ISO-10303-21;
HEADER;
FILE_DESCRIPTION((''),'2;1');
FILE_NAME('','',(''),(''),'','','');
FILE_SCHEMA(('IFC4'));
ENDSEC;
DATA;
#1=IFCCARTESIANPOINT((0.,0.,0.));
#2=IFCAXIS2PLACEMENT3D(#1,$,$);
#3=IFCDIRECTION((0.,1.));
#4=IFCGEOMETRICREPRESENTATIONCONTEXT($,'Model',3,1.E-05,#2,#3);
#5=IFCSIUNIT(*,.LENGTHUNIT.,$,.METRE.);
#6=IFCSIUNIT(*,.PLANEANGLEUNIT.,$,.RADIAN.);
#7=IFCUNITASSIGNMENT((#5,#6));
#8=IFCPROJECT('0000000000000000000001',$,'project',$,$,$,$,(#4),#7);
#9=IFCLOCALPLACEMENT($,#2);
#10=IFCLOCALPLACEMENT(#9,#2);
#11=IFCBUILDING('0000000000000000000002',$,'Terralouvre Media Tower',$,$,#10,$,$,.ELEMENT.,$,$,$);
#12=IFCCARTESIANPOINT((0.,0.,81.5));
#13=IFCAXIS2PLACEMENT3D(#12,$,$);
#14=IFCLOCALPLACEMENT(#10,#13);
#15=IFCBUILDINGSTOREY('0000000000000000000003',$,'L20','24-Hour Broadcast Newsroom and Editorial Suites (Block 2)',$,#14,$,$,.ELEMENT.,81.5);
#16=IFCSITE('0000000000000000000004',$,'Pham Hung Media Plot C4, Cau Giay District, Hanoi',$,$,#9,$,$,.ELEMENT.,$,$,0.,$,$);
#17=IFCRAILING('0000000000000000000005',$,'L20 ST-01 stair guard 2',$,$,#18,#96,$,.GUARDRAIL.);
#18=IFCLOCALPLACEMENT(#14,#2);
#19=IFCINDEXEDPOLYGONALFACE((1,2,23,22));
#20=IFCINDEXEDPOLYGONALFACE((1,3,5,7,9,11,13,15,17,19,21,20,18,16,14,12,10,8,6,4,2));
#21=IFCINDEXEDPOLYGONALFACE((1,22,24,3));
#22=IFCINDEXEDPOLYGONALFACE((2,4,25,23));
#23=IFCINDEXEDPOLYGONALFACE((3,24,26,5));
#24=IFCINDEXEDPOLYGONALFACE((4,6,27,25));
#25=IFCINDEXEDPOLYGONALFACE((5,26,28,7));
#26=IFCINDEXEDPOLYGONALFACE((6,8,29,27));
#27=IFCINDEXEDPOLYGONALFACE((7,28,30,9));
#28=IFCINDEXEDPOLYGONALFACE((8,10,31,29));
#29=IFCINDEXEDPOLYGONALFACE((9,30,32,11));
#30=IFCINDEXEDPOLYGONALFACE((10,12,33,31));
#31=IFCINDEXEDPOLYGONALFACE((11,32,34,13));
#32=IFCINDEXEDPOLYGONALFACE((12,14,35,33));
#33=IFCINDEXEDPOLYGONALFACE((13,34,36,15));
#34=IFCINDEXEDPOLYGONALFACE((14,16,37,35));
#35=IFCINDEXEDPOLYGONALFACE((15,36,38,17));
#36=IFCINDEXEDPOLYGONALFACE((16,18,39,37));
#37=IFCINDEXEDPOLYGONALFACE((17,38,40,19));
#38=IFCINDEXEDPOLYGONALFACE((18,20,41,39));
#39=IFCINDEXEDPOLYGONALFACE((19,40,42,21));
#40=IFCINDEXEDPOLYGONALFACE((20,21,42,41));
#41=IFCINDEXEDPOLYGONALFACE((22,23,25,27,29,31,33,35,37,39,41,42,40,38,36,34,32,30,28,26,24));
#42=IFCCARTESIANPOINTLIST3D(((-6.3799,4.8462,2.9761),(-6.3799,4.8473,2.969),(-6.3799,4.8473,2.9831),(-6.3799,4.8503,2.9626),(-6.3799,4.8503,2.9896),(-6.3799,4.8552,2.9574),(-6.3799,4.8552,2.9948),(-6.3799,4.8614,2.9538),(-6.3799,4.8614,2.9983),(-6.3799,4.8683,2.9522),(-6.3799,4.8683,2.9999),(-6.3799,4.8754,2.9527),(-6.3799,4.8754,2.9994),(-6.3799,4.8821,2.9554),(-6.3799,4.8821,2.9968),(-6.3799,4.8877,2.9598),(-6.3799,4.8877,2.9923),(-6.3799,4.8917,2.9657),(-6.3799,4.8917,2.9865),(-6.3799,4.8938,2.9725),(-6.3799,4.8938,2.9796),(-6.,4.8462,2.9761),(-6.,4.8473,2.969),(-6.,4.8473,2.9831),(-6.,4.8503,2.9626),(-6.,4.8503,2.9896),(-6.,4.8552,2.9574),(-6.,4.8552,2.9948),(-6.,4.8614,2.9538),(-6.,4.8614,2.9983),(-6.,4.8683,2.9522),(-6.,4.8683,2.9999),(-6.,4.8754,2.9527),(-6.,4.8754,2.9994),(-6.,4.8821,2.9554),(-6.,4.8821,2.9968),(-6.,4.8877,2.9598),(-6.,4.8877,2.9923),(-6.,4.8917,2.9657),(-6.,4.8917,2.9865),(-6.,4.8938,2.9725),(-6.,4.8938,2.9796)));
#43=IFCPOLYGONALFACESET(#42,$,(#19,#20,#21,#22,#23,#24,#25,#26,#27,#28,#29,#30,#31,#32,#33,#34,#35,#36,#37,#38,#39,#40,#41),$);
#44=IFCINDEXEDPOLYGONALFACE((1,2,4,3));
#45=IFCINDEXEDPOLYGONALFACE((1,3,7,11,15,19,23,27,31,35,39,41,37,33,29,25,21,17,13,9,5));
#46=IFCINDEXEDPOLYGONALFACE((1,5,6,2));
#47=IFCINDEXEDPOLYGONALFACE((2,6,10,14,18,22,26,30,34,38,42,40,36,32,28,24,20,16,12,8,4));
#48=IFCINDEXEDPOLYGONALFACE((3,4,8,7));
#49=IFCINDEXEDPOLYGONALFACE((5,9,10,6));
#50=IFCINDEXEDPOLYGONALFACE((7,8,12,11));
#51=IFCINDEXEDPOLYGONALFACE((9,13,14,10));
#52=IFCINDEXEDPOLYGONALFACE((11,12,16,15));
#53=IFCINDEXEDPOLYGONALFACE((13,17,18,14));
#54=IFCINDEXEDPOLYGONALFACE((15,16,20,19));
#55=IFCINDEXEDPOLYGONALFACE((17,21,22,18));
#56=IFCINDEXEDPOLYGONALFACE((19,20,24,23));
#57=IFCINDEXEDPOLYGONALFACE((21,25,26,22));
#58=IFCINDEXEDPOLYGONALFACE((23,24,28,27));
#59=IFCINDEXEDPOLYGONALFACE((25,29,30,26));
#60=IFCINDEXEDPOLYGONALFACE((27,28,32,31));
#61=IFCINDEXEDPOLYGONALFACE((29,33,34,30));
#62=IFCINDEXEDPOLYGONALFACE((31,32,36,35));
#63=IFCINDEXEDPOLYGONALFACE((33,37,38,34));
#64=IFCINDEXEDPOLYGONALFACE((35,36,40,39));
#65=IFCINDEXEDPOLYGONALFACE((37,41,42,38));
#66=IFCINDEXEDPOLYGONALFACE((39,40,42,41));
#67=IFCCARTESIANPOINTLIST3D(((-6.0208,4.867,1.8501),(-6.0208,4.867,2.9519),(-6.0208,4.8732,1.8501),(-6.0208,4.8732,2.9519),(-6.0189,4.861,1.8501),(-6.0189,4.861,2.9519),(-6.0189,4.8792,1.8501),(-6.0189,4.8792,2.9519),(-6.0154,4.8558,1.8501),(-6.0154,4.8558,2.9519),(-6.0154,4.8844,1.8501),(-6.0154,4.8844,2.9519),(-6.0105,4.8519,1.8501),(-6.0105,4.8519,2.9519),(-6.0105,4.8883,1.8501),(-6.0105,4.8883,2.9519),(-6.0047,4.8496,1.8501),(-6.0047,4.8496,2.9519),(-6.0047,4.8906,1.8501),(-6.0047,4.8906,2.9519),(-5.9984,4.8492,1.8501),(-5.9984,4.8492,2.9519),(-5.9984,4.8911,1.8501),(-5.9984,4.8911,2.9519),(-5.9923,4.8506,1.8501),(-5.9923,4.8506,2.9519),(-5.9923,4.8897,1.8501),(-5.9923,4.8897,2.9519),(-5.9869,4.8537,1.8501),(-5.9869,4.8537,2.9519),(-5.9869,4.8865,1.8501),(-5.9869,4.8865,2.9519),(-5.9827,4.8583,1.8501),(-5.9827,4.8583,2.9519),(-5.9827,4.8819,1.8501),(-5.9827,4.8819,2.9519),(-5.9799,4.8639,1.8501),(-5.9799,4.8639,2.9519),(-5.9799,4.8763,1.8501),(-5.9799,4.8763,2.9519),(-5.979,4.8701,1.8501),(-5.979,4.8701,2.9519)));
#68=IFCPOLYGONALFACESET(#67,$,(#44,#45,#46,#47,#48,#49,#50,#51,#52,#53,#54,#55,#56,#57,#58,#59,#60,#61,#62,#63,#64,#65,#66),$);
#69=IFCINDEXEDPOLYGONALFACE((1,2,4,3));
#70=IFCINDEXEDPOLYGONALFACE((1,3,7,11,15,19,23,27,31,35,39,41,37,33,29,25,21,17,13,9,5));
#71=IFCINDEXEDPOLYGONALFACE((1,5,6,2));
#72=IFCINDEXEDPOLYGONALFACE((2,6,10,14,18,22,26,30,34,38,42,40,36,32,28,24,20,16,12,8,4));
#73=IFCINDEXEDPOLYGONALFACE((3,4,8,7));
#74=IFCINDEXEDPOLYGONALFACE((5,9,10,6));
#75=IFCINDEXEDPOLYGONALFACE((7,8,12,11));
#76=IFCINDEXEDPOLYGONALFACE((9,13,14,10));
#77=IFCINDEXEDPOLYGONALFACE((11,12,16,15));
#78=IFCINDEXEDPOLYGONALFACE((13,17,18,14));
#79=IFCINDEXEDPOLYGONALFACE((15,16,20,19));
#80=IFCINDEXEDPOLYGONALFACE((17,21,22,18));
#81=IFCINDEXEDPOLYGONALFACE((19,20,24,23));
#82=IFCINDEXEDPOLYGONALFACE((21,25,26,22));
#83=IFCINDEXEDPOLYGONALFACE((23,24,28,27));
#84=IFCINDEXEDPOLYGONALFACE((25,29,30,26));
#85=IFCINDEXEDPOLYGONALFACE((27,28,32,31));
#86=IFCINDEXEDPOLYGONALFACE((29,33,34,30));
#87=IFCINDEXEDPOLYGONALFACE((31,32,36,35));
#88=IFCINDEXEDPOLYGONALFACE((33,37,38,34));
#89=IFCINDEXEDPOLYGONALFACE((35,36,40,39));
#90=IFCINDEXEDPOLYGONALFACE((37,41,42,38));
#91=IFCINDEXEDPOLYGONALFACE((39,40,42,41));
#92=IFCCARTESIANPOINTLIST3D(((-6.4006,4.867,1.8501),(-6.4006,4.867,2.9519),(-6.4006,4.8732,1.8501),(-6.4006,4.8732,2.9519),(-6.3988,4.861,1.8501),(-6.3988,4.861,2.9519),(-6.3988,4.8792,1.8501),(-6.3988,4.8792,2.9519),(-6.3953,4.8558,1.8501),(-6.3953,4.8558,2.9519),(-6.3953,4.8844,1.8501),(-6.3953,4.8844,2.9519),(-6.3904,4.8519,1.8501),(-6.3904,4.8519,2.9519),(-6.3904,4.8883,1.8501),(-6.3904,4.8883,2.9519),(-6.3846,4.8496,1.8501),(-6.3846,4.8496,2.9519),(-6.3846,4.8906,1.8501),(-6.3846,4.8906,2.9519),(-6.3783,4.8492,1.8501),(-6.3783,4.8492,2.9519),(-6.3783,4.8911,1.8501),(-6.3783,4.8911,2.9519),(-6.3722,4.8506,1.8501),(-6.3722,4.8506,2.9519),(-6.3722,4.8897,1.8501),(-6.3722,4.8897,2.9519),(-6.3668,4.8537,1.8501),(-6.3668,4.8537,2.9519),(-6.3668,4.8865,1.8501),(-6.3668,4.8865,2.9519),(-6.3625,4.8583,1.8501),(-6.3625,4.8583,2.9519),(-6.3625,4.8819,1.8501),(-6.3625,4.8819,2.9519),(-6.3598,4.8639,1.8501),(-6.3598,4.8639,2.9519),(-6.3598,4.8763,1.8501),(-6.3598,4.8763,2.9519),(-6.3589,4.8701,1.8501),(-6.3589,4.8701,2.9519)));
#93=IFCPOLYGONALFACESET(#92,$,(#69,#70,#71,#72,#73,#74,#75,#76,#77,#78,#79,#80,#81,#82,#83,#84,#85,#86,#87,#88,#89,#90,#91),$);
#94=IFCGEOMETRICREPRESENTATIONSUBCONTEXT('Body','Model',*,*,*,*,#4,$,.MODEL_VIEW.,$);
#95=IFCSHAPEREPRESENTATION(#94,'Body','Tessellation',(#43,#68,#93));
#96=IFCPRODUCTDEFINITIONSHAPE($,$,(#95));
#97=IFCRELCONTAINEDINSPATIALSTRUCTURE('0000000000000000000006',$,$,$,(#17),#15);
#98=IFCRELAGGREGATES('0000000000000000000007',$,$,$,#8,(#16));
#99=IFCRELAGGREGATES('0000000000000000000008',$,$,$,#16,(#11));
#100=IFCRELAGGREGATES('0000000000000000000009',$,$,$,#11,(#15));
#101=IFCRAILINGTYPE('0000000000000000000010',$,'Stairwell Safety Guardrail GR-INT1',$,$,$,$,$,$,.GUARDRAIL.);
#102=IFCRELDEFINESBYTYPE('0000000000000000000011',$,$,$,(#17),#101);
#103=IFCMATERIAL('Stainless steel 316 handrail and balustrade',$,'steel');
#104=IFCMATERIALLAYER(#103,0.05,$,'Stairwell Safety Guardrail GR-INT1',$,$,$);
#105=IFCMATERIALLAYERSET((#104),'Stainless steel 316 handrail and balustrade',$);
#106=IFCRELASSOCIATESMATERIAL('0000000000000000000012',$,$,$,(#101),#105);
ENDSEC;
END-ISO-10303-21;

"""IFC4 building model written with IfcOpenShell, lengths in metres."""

from ifc_helpers import new_model, si_unit, direction, frame, origin, origin_2d, place, context, subcontext, project, spatial, circle, extrude, material, layer, layer_set, type_object, element, save


model = new_model("IFC4")

# Units and contexts
model_context = context("Model", 3, precision=1e-05, world=origin(), true_north=direction((0.0, 1.0)))
body_context = subcontext(model_context, "Body", "Model", "MODEL_VIEW")
ifc_project = project(units=[si_unit("LENGTHUNIT", "METRE"), si_unit("PLANEANGLEUNIT", "RADIAN")], contexts=[model_context])

# Site, building, storey
site_placement = place(None, origin())
site = spatial("IfcSite", under=ifc_project, at=site_placement, Name="Pham Hung Media Plot C4, Cau Giay District, Hanoi", CompositionType="ELEMENT", RefElevation=0.0)
building_placement = place(site_placement, origin())
building = spatial("IfcBuilding", under=site, at=building_placement, Name="Terralouvre Media Tower", CompositionType="ELEMENT")
storey_placement = place(building_placement, frame((0.0, 0.0, 81.5)))
storey = spatial("IfcBuildingStorey", under=building, at=storey_placement, Name="L20", Description="24-Hour Broadcast Newsroom and Editorial Suites (Block 2)", CompositionType="ELEMENT", Elevation=81.5)

# Railing
ifc_material_1 = material(Name="Stainless steel 316 handrail and balustrade", Category="steel")
ifc_layer_1 = layer(ifc_material_1, 0.05, Name="Stairwell Safety Guardrail GR-INT1")
ifc_layer_set_1 = layer_set([ifc_layer_1], Name="Stainless steel 316 handrail and balustrade")
railing_type_1 = type_object("IfcRailingType", Name="Stairwell Safety Guardrail GR-INT1", PredefinedType="GUARDRAIL", material=ifc_layer_set_1)
railing_1_placement = place(storey_placement, frame((-6.0, 4.8701, 1.8501)))
element("IfcRailing", 1, at=railing_1_placement, inside=storey, type_object=railing_type_1, Name="L20 ST-01 stair guard 2", PredefinedType="GUARDRAIL", context=body_context, shape_type="SweptSolid", body=[
    extrude(circle(Radius=0.0239, at=origin_2d()), frame((0.0, 0.0, 1.126), z_axis=(-1.0, 0.0, 0.0), x_axis=(0.0, -1.0, 0.0)), (0.0, 0.0, 1.0), 0.3799),
    extrude(circle(Radius=0.021, at=origin_2d()), origin(), (0.0, 0.0, 1.0), 1.1018),
    extrude(circle(Radius=0.021, at=origin_2d()), frame((-0.3799, 0.0, 0.0)), (0.0, 0.0, 1.0), 1.1018),
])

save(model, "model.ifc")
